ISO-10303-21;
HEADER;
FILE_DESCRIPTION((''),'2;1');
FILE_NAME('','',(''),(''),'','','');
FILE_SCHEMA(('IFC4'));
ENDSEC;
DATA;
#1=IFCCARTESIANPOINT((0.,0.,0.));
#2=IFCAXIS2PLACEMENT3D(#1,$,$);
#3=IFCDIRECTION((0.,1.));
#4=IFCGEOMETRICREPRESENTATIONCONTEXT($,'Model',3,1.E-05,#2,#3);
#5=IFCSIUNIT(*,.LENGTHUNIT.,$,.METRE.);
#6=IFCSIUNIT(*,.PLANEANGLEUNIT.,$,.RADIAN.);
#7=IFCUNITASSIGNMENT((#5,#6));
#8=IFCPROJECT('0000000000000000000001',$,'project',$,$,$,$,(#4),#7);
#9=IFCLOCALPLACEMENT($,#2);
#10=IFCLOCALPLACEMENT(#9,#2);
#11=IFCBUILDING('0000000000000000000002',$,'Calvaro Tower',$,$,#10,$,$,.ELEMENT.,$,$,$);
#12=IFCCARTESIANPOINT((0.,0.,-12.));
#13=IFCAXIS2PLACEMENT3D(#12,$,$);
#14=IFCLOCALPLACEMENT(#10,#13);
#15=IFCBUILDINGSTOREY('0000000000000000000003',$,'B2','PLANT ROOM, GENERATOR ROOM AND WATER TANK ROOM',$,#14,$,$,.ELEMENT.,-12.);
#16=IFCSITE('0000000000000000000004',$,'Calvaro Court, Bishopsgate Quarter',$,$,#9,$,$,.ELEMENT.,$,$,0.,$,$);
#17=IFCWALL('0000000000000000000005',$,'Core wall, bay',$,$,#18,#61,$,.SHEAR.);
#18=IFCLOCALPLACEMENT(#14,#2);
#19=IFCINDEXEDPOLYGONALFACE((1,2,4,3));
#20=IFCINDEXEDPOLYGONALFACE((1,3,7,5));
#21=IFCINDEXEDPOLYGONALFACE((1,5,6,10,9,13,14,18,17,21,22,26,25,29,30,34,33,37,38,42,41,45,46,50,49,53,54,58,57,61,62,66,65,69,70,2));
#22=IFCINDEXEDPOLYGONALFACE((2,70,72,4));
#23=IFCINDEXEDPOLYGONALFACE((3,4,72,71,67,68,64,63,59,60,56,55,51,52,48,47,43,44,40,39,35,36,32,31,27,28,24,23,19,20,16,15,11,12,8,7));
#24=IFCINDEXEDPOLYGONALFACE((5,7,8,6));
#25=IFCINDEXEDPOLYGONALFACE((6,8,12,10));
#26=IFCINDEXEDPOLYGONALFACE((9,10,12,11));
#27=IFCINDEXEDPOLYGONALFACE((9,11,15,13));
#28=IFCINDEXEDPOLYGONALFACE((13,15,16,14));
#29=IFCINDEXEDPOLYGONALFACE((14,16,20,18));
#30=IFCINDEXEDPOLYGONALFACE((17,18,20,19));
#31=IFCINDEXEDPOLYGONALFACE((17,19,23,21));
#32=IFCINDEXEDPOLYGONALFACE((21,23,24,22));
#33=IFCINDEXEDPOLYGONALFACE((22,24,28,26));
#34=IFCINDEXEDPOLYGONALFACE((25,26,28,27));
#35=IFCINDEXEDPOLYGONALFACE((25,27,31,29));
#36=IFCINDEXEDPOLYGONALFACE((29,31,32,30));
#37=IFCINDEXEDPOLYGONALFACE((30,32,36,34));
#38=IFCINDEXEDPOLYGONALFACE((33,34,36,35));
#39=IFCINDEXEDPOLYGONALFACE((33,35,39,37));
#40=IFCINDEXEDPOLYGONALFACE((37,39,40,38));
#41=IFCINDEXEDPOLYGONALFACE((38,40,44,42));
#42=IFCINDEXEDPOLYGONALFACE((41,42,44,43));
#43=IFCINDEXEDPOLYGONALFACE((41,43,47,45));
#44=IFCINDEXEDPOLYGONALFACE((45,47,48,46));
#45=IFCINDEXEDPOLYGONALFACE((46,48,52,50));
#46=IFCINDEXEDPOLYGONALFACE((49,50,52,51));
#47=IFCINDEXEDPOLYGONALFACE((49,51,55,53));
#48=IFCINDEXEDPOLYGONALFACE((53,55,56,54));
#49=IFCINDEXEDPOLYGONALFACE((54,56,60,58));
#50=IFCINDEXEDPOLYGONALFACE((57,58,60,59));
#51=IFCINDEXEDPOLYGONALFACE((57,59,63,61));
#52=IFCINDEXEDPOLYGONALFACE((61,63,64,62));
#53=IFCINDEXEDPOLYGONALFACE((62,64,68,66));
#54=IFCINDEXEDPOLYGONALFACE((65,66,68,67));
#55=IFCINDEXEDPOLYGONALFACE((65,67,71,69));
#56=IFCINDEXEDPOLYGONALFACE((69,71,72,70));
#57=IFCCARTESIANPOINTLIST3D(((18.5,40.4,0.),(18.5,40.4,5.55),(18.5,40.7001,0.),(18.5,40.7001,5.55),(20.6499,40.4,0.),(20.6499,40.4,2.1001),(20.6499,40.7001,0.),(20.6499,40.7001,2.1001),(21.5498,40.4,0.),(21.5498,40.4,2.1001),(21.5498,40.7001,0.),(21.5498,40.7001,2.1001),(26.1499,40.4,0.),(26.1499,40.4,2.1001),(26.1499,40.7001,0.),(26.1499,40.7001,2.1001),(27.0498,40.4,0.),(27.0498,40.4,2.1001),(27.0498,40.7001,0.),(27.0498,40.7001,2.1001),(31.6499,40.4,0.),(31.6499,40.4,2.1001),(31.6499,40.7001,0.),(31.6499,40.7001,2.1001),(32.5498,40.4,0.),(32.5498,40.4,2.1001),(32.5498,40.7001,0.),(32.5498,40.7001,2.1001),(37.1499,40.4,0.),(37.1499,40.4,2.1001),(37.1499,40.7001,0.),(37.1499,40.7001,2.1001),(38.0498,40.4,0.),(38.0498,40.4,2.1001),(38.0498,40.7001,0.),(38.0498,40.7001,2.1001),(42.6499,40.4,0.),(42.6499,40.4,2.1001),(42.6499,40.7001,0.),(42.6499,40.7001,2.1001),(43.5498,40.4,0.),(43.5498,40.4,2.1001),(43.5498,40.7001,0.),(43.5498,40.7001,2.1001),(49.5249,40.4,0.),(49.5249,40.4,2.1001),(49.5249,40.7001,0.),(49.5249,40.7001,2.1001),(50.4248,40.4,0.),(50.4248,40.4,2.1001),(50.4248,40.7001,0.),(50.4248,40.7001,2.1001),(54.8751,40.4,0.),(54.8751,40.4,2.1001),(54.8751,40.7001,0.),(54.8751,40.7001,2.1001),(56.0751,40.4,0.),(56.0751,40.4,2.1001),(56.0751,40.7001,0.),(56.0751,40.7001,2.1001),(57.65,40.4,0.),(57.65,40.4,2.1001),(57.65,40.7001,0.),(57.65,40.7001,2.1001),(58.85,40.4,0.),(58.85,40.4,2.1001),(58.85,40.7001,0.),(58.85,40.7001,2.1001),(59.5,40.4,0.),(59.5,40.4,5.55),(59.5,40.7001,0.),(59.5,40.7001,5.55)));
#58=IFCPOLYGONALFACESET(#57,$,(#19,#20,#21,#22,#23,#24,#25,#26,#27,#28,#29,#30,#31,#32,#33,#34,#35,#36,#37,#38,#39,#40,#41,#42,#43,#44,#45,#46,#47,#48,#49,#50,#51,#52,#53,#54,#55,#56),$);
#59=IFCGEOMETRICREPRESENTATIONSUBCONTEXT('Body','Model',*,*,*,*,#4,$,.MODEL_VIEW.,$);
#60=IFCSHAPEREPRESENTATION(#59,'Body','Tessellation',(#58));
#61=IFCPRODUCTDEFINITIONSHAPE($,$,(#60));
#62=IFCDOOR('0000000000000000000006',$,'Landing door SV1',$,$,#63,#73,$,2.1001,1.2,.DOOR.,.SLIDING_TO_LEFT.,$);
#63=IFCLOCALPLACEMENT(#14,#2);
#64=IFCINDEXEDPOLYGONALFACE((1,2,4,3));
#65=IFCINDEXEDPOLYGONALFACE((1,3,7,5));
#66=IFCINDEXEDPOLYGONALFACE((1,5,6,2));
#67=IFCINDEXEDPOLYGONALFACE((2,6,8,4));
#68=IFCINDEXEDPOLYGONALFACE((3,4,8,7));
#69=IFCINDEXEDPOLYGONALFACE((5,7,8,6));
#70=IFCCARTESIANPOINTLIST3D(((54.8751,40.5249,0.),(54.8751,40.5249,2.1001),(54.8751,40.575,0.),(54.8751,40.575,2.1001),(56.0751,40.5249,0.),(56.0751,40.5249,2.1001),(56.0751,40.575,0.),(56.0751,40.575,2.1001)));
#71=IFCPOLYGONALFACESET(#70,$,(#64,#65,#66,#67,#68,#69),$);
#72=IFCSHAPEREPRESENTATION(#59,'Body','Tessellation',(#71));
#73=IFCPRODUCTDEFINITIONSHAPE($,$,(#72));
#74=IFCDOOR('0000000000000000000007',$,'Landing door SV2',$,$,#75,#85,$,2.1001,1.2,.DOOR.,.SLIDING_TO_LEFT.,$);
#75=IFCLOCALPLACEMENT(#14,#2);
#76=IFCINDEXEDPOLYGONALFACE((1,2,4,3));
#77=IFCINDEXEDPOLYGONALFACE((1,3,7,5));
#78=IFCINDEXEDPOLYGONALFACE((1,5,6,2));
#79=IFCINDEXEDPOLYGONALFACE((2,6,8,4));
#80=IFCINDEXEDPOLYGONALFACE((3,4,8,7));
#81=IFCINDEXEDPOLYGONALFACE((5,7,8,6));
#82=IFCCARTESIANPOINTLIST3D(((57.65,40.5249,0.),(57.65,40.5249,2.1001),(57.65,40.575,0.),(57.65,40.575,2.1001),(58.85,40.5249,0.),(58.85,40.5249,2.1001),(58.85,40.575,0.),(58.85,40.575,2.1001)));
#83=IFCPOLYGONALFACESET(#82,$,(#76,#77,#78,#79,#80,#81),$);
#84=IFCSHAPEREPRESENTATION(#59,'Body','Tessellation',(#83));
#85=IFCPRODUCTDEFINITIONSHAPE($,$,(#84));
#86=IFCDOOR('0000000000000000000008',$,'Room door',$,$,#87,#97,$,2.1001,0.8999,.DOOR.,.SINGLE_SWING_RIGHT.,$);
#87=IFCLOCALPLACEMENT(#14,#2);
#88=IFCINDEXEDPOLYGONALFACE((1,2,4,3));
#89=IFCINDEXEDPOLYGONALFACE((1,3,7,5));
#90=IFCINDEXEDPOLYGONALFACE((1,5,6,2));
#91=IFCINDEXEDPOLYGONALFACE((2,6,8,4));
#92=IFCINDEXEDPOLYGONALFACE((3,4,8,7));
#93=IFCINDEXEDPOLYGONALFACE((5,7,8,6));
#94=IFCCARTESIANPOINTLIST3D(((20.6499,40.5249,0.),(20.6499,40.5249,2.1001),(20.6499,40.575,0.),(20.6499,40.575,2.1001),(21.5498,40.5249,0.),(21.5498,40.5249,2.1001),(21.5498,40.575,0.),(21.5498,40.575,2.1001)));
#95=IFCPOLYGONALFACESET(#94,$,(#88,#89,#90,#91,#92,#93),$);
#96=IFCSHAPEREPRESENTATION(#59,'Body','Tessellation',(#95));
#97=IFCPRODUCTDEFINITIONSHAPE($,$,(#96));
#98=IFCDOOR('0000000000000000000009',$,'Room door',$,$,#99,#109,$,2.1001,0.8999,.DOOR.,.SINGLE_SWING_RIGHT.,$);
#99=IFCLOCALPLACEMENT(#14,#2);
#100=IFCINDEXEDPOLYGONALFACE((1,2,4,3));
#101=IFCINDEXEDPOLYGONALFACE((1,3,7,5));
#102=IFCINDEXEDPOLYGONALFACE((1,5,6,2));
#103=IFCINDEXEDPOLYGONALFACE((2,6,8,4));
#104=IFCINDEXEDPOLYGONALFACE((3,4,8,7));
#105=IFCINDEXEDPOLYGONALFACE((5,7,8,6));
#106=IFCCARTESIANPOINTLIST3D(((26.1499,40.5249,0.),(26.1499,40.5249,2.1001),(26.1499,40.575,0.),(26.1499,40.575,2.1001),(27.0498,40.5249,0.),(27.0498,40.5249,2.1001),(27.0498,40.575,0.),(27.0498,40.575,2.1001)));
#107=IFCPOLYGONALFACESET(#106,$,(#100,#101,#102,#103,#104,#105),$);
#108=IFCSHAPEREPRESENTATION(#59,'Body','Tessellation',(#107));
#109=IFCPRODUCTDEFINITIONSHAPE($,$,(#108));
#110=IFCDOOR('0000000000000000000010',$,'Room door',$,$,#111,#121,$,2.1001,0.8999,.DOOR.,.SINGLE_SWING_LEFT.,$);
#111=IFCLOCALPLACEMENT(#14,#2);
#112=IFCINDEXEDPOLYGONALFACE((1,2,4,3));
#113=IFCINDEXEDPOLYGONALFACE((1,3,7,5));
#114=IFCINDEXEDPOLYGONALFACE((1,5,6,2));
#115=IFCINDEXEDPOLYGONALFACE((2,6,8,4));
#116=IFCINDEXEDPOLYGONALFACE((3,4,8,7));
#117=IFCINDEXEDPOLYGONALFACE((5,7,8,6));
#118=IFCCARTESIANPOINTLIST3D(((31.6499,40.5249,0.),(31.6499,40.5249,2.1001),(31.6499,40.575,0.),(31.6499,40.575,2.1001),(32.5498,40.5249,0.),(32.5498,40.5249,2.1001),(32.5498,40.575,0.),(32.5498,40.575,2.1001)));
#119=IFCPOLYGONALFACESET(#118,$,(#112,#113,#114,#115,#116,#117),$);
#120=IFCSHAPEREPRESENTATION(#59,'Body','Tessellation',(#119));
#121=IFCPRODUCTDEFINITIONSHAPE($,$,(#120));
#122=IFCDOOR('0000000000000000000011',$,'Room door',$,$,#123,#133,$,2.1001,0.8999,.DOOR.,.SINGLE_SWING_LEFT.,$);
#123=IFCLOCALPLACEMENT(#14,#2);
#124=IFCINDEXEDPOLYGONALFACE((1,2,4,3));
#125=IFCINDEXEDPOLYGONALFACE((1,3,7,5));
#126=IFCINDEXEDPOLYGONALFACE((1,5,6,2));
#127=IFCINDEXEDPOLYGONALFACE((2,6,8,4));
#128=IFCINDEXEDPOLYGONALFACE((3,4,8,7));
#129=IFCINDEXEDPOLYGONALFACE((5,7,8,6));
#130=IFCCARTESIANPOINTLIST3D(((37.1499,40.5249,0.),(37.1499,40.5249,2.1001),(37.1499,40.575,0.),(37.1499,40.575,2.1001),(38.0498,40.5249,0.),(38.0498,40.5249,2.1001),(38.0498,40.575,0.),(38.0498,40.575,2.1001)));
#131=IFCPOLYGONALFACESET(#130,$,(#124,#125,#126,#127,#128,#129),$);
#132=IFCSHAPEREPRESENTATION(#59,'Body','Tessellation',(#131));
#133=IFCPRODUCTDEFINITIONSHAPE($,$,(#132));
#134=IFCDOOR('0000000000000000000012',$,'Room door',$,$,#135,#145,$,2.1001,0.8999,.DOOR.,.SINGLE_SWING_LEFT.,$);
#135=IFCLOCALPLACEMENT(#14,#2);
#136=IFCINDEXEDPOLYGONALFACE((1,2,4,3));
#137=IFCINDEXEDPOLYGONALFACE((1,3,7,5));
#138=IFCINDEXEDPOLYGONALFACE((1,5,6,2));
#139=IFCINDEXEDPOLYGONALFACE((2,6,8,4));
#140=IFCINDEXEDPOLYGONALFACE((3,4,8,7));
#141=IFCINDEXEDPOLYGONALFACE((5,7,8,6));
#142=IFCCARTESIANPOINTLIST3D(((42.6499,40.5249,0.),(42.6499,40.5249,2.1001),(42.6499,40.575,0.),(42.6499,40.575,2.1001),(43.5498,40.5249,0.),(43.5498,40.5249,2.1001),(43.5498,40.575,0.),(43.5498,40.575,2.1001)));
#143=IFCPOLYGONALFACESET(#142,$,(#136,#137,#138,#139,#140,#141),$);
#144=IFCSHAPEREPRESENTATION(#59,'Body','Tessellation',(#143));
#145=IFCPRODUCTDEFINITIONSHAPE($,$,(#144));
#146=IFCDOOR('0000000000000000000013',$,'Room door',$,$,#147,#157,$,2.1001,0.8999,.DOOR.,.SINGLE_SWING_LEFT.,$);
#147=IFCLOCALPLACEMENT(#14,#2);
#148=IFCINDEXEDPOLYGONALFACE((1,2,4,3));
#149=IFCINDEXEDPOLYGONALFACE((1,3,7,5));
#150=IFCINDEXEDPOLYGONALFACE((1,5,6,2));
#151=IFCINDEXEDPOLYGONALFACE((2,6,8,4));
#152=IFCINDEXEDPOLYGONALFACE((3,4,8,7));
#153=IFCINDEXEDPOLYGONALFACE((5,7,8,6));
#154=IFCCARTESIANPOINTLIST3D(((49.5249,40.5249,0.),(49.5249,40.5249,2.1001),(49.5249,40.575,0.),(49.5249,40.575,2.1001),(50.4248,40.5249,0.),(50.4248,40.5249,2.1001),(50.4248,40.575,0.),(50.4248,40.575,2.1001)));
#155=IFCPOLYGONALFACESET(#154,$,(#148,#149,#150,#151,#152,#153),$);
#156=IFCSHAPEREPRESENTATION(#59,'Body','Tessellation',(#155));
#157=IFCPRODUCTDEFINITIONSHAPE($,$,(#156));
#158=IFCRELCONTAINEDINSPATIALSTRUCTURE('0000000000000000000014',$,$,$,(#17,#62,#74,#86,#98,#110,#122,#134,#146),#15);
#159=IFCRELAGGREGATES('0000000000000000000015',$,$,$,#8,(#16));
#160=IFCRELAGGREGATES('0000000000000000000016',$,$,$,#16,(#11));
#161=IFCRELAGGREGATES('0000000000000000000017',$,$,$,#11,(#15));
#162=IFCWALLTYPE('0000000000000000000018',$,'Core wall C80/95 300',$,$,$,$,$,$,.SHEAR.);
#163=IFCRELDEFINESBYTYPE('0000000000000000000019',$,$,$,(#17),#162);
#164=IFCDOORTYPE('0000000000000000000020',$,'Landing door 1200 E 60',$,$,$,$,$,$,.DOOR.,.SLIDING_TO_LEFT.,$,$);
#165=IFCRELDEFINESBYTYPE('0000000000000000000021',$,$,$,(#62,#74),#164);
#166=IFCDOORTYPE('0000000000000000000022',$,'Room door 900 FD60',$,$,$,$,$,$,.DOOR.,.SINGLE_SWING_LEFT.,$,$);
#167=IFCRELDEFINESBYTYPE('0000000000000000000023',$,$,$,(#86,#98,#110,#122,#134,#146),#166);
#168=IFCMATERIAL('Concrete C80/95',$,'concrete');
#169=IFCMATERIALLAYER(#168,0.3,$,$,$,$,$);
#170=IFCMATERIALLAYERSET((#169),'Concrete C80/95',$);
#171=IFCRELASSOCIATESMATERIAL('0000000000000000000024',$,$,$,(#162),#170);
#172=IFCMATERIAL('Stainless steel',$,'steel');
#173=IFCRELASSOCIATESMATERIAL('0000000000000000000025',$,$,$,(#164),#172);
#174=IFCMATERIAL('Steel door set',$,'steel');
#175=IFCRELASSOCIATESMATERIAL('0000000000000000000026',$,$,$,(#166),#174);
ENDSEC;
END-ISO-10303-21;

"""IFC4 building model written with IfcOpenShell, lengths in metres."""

from ifc_helpers import new_model, si_unit, direction, frame, frame_2d, origin, place, context, subcontext, project, spatial, rectangle, extrude, material, layer, layer_set, type_object, element, fill, save


model = new_model("IFC4")

# Units and contexts
model_context = context("Model", 3, precision=1e-05, world=origin(), true_north=direction((0.0, 1.0)))
body_context = subcontext(model_context, "Body", "Model", "MODEL_VIEW")
ifc_project = project(units=[si_unit("LENGTHUNIT", "METRE"), si_unit("PLANEANGLEUNIT", "RADIAN")], contexts=[model_context])

# Site, building, storey
site_placement = place(None, origin())
site = spatial("IfcSite", under=ifc_project, at=site_placement, Name="Calvaro Court, Bishopsgate Quarter", CompositionType="ELEMENT", RefElevation=0.0)
building_placement = place(site_placement, origin())
building = spatial("IfcBuilding", under=site, at=building_placement, Name="Calvaro Tower", CompositionType="ELEMENT")
storey_placement = place(building_placement, frame((0.0, 0.0, -12.0)))
storey = spatial("IfcBuildingStorey", under=building, at=storey_placement, Name="B2", Description="PLANT ROOM, GENERATOR ROOM AND WATER TANK ROOM", CompositionType="ELEMENT", Elevation=-12.0)

# Shared definitions
ifc_material_1 = material(Name="Concrete C80/95", Category="concrete")
ifc_layer_1 = layer(ifc_material_1, 0.3)
ifc_layer_set_1 = layer_set([ifc_layer_1], Name="Concrete C80/95")
wall_type_1 = type_object("IfcWallType", Name="Core wall C80/95 300", PredefinedType="SHEAR", material=ifc_layer_set_1)

# Wall, openings, doors
wall_1_placement = place(storey_placement, frame((18.5, 40.55, 0.0), z_axis=(0.0, 0.0, 1.0), x_axis=(1.0, 0.0, 0.0)))
wall_1 = element("IfcWall", 1, at=wall_1_placement, inside=storey, type_object=wall_type_1, Name="Core wall, bay", PredefinedType="SHEAR", context=body_context, shape_type="SweptSolid", body=[
    extrude(rectangle(XDim=41.0, YDim=0.3, at=frame_2d((20.5, 0.0))), origin(), (0.0, 0.0, 1.0), 5.55),
])
opening_1_placement = place(wall_1_placement, frame((2.1499, 0.0, 0.0)))
opening_1 = element("IfcOpeningElement", 2, at=opening_1_placement, cuts=wall_1, PredefinedType="OPENING", context=body_context, shape_type="SweptSolid", body=[
    extrude(rectangle(XDim=0.8999, YDim=2.1001, at=frame_2d((0.45, 1.05))), frame((0.0, 0.1599, 0.0), z_axis=(0.0, -1.0, 0.0), x_axis=(1.0, 0.0, 0.0)), (0.0, 0.0, 1.0), 0.3201),
])
opening_2_placement = place(wall_1_placement, frame((7.6499, 0.0, 0.0)))
opening_2 = element("IfcOpeningElement", 3, at=opening_2_placement, cuts=wall_1, PredefinedType="OPENING", context=body_context, shape_type="SweptSolid", body=[
    extrude(rectangle(XDim=0.8999, YDim=2.1001, at=frame_2d((0.45, 1.05))), frame((0.0, 0.1599, 0.0), z_axis=(0.0, -1.0, 0.0), x_axis=(1.0, 0.0, 0.0)), (0.0, 0.0, 1.0), 0.3201),
])
opening_3_placement = place(wall_1_placement, frame((13.1499, 0.0, 0.0)))
opening_3 = element("IfcOpeningElement", 4, at=opening_3_placement, cuts=wall_1, PredefinedType="OPENING", context=body_context, shape_type="SweptSolid", body=[
    extrude(rectangle(XDim=0.8999, YDim=2.1001, at=frame_2d((0.45, 1.05))), frame((0.0, 0.1599, 0.0), z_axis=(0.0, -1.0, 0.0), x_axis=(1.0, 0.0, 0.0)), (0.0, 0.0, 1.0), 0.3201),
])
opening_4_placement = place(wall_1_placement, frame((18.6499, 0.0, 0.0)))
opening_4 = element("IfcOpeningElement", 5, at=opening_4_placement, cuts=wall_1, PredefinedType="OPENING", context=body_context, shape_type="SweptSolid", body=[
    extrude(rectangle(XDim=0.8999, YDim=2.1001, at=frame_2d((0.45, 1.05))), frame((0.0, 0.1599, 0.0), z_axis=(0.0, -1.0, 0.0), x_axis=(1.0, 0.0, 0.0)), (0.0, 0.0, 1.0), 0.3201),
])
opening_5_placement = place(wall_1_placement, frame((24.1499, 0.0, 0.0)))
opening_5 = element("IfcOpeningElement", 6, at=opening_5_placement, cuts=wall_1, PredefinedType="OPENING", context=body_context, shape_type="SweptSolid", body=[
    extrude(rectangle(XDim=0.8999, YDim=2.1001, at=frame_2d((0.45, 1.05))), frame((0.0, 0.1599, 0.0), z_axis=(0.0, -1.0, 0.0), x_axis=(1.0, 0.0, 0.0)), (0.0, 0.0, 1.0), 0.3201),
])
opening_6_placement = place(wall_1_placement, frame((31.0249, 0.0, 0.0)))
opening_6 = element("IfcOpeningElement", 7, at=opening_6_placement, cuts=wall_1, PredefinedType="OPENING", context=body_context, shape_type="SweptSolid", body=[
    extrude(rectangle(XDim=0.8999, YDim=2.1001, at=frame_2d((0.45, 1.05))), frame((0.0, 0.1599, 0.0), z_axis=(0.0, -1.0, 0.0), x_axis=(1.0, 0.0, 0.0)), (0.0, 0.0, 1.0), 0.3201),
])
opening_7_placement = place(wall_1_placement, frame((36.375, 0.0, 0.0)))
opening_7 = element("IfcOpeningElement", 8, at=opening_7_placement, cuts=wall_1, PredefinedType="OPENING", context=body_context, shape_type="SweptSolid", body=[
    extrude(rectangle(XDim=1.2, YDim=2.1001, at=frame_2d((0.6001, 1.05))), frame((0.0, 0.1599, 0.0), z_axis=(0.0, -1.0, 0.0), x_axis=(1.0, 0.0, 0.0)), (0.0, 0.0, 1.0), 0.3201),
])
opening_8_placement = place(wall_1_placement, frame((39.1499, 0.0, 0.0)))
opening_8 = element("IfcOpeningElement", 9, at=opening_8_placement, cuts=wall_1, PredefinedType="OPENING", context=body_context, shape_type="SweptSolid", body=[
    extrude(rectangle(XDim=1.2, YDim=2.1001, at=frame_2d((0.6001, 1.05))), frame((0.0, 0.1599, 0.0), z_axis=(0.0, -1.0, 0.0), x_axis=(1.0, 0.0, 0.0)), (0.0, 0.0, 1.0), 0.3201),
])
ifc_material_2 = material(Name="Stainless steel", Category="steel")
door_type_1 = type_object("IfcDoorType", Name="Landing door 1200 E 60", OperationType="SLIDING_TO_LEFT", PredefinedType="DOOR", material=ifc_material_2)
door_1_placement = place(opening_7_placement, origin())
door_1 = element("IfcDoor", 10, at=door_1_placement, inside=storey, type_object=door_type_1, Name="Landing door SV1", OperationType="SLIDING_TO_LEFT", OverallHeight=2.1001, OverallWidth=1.2, PredefinedType="DOOR", context=body_context, shape_type="SweptSolid", body=[
    extrude(rectangle(XDim=1.2, YDim=2.1001, at=frame_2d((0.6001, 1.05))), frame((0.0, 0.0249, 0.0), z_axis=(0.0, -1.0, 0.0), x_axis=(1.0, 0.0, 0.0)), (0.0, 0.0, 1.0), 0.05),
])
fill(opening_7, door_1)
door_2_placement = place(opening_8_placement, origin())
door_2 = element("IfcDoor", 11, at=door_2_placement, inside=storey, type_object=door_type_1, Name="Landing door SV2", OperationType="SLIDING_TO_LEFT", OverallHeight=2.1001, OverallWidth=1.2, PredefinedType="DOOR", context=body_context, shape_type="SweptSolid", body=[
    extrude(rectangle(XDim=1.2, YDim=2.1001, at=frame_2d((0.6001, 1.05))), frame((0.0, 0.0249, 0.0), z_axis=(0.0, -1.0, 0.0), x_axis=(1.0, 0.0, 0.0)), (0.0, 0.0, 1.0), 0.05),
])
fill(opening_8, door_2)
ifc_material_3 = material(Name="Steel door set", Category="steel")
door_type_2 = type_object("IfcDoorType", Name="Room door 900 FD60", OperationType="SINGLE_SWING_LEFT", PredefinedType="DOOR", material=ifc_material_3)
door_3_placement = place(opening_1_placement, origin())
door_3 = element("IfcDoor", 12, at=door_3_placement, inside=storey, type_object=door_type_2, Name="Room door", OperationType="SINGLE_SWING_RIGHT", OverallHeight=2.1001, OverallWidth=0.8999, PredefinedType="DOOR", context=body_context, shape_type="SweptSolid", body=[
    extrude(rectangle(XDim=0.8999, YDim=2.1001, at=frame_2d((0.45, 1.05))), frame((0.0, 0.0249, 0.0), z_axis=(0.0, -1.0, 0.0), x_axis=(1.0, 0.0, 0.0)), (0.0, 0.0, 1.0), 0.05),
])
fill(opening_1, door_3)
door_4_placement = place(opening_2_placement, origin())
door_4 = element("IfcDoor", 13, at=door_4_placement, inside=storey, type_object=door_type_2, Name="Room door", OperationType="SINGLE_SWING_RIGHT", OverallHeight=2.1001, OverallWidth=0.8999, PredefinedType="DOOR", context=body_context, shape_type="SweptSolid", body=[
    extrude(rectangle(XDim=0.8999, YDim=2.1001, at=frame_2d((0.45, 1.05))), frame((0.0, 0.0249, 0.0), z_axis=(0.0, -1.0, 0.0), x_axis=(1.0, 0.0, 0.0)), (0.0, 0.0, 1.0), 0.05),
])
fill(opening_2, door_4)
door_5_placement = place(opening_3_placement, origin())
door_5 = element("IfcDoor", 14, at=door_5_placement, inside=storey, type_object=door_type_2, Name="Room door", OperationType="SINGLE_SWING_LEFT", OverallHeight=2.1001, OverallWidth=0.8999, PredefinedType="DOOR", context=body_context, shape_type="SweptSolid", body=[
    extrude(rectangle(XDim=0.8999, YDim=2.1001, at=frame_2d((0.45, 1.05))), frame((0.0, 0.0249, 0.0), z_axis=(0.0, -1.0, 0.0), x_axis=(1.0, 0.0, 0.0)), (0.0, 0.0, 1.0), 0.05),
])
fill(opening_3, door_5)
door_6_placement = place(opening_4_placement, origin())
door_6 = element("IfcDoor", 15, at=door_6_placement, inside=storey, type_object=door_type_2, Name="Room door", OperationType="SINGLE_SWING_LEFT", OverallHeight=2.1001, OverallWidth=0.8999, PredefinedType="DOOR", context=body_context, shape_type="SweptSolid", body=[
    extrude(rectangle(XDim=0.8999, YDim=2.1001, at=frame_2d((0.45, 1.05))), frame((0.0, 0.0249, 0.0), z_axis=(0.0, -1.0, 0.0), x_axis=(1.0, 0.0, 0.0)), (0.0, 0.0, 1.0), 0.05),
])
fill(opening_4, door_6)
door_7_placement = place(opening_5_placement, origin())
door_7 = element("IfcDoor", 16, at=door_7_placement, inside=storey, type_object=door_type_2, Name="Room door", OperationType="SINGLE_SWING_LEFT", OverallHeight=2.1001, OverallWidth=0.8999, PredefinedType="DOOR", context=body_context, shape_type="SweptSolid", body=[
    extrude(rectangle(XDim=0.8999, YDim=2.1001, at=frame_2d((0.45, 1.05))), frame((0.0, 0.0249, 0.0), z_axis=(0.0, -1.0, 0.0), x_axis=(1.0, 0.0, 0.0)), (0.0, 0.0, 1.0), 0.05),
])
fill(opening_5, door_7)
door_8_placement = place(opening_6_placement, origin())
door_8 = element("IfcDoor", 17, at=door_8_placement, inside=storey, type_object=door_type_2, Name="Room door", OperationType="SINGLE_SWING_LEFT", OverallHeight=2.1001, OverallWidth=0.8999, PredefinedType="DOOR", context=body_context, shape_type="SweptSolid", body=[
    extrude(rectangle(XDim=0.8999, YDim=2.1001, at=frame_2d((0.45, 1.05))), frame((0.0, 0.0249, 0.0), z_axis=(0.0, -1.0, 0.0), x_axis=(1.0, 0.0, 0.0)), (0.0, 0.0, 1.0), 0.05),
])
fill(opening_6, door_8)

save(model, "model.ifc")
